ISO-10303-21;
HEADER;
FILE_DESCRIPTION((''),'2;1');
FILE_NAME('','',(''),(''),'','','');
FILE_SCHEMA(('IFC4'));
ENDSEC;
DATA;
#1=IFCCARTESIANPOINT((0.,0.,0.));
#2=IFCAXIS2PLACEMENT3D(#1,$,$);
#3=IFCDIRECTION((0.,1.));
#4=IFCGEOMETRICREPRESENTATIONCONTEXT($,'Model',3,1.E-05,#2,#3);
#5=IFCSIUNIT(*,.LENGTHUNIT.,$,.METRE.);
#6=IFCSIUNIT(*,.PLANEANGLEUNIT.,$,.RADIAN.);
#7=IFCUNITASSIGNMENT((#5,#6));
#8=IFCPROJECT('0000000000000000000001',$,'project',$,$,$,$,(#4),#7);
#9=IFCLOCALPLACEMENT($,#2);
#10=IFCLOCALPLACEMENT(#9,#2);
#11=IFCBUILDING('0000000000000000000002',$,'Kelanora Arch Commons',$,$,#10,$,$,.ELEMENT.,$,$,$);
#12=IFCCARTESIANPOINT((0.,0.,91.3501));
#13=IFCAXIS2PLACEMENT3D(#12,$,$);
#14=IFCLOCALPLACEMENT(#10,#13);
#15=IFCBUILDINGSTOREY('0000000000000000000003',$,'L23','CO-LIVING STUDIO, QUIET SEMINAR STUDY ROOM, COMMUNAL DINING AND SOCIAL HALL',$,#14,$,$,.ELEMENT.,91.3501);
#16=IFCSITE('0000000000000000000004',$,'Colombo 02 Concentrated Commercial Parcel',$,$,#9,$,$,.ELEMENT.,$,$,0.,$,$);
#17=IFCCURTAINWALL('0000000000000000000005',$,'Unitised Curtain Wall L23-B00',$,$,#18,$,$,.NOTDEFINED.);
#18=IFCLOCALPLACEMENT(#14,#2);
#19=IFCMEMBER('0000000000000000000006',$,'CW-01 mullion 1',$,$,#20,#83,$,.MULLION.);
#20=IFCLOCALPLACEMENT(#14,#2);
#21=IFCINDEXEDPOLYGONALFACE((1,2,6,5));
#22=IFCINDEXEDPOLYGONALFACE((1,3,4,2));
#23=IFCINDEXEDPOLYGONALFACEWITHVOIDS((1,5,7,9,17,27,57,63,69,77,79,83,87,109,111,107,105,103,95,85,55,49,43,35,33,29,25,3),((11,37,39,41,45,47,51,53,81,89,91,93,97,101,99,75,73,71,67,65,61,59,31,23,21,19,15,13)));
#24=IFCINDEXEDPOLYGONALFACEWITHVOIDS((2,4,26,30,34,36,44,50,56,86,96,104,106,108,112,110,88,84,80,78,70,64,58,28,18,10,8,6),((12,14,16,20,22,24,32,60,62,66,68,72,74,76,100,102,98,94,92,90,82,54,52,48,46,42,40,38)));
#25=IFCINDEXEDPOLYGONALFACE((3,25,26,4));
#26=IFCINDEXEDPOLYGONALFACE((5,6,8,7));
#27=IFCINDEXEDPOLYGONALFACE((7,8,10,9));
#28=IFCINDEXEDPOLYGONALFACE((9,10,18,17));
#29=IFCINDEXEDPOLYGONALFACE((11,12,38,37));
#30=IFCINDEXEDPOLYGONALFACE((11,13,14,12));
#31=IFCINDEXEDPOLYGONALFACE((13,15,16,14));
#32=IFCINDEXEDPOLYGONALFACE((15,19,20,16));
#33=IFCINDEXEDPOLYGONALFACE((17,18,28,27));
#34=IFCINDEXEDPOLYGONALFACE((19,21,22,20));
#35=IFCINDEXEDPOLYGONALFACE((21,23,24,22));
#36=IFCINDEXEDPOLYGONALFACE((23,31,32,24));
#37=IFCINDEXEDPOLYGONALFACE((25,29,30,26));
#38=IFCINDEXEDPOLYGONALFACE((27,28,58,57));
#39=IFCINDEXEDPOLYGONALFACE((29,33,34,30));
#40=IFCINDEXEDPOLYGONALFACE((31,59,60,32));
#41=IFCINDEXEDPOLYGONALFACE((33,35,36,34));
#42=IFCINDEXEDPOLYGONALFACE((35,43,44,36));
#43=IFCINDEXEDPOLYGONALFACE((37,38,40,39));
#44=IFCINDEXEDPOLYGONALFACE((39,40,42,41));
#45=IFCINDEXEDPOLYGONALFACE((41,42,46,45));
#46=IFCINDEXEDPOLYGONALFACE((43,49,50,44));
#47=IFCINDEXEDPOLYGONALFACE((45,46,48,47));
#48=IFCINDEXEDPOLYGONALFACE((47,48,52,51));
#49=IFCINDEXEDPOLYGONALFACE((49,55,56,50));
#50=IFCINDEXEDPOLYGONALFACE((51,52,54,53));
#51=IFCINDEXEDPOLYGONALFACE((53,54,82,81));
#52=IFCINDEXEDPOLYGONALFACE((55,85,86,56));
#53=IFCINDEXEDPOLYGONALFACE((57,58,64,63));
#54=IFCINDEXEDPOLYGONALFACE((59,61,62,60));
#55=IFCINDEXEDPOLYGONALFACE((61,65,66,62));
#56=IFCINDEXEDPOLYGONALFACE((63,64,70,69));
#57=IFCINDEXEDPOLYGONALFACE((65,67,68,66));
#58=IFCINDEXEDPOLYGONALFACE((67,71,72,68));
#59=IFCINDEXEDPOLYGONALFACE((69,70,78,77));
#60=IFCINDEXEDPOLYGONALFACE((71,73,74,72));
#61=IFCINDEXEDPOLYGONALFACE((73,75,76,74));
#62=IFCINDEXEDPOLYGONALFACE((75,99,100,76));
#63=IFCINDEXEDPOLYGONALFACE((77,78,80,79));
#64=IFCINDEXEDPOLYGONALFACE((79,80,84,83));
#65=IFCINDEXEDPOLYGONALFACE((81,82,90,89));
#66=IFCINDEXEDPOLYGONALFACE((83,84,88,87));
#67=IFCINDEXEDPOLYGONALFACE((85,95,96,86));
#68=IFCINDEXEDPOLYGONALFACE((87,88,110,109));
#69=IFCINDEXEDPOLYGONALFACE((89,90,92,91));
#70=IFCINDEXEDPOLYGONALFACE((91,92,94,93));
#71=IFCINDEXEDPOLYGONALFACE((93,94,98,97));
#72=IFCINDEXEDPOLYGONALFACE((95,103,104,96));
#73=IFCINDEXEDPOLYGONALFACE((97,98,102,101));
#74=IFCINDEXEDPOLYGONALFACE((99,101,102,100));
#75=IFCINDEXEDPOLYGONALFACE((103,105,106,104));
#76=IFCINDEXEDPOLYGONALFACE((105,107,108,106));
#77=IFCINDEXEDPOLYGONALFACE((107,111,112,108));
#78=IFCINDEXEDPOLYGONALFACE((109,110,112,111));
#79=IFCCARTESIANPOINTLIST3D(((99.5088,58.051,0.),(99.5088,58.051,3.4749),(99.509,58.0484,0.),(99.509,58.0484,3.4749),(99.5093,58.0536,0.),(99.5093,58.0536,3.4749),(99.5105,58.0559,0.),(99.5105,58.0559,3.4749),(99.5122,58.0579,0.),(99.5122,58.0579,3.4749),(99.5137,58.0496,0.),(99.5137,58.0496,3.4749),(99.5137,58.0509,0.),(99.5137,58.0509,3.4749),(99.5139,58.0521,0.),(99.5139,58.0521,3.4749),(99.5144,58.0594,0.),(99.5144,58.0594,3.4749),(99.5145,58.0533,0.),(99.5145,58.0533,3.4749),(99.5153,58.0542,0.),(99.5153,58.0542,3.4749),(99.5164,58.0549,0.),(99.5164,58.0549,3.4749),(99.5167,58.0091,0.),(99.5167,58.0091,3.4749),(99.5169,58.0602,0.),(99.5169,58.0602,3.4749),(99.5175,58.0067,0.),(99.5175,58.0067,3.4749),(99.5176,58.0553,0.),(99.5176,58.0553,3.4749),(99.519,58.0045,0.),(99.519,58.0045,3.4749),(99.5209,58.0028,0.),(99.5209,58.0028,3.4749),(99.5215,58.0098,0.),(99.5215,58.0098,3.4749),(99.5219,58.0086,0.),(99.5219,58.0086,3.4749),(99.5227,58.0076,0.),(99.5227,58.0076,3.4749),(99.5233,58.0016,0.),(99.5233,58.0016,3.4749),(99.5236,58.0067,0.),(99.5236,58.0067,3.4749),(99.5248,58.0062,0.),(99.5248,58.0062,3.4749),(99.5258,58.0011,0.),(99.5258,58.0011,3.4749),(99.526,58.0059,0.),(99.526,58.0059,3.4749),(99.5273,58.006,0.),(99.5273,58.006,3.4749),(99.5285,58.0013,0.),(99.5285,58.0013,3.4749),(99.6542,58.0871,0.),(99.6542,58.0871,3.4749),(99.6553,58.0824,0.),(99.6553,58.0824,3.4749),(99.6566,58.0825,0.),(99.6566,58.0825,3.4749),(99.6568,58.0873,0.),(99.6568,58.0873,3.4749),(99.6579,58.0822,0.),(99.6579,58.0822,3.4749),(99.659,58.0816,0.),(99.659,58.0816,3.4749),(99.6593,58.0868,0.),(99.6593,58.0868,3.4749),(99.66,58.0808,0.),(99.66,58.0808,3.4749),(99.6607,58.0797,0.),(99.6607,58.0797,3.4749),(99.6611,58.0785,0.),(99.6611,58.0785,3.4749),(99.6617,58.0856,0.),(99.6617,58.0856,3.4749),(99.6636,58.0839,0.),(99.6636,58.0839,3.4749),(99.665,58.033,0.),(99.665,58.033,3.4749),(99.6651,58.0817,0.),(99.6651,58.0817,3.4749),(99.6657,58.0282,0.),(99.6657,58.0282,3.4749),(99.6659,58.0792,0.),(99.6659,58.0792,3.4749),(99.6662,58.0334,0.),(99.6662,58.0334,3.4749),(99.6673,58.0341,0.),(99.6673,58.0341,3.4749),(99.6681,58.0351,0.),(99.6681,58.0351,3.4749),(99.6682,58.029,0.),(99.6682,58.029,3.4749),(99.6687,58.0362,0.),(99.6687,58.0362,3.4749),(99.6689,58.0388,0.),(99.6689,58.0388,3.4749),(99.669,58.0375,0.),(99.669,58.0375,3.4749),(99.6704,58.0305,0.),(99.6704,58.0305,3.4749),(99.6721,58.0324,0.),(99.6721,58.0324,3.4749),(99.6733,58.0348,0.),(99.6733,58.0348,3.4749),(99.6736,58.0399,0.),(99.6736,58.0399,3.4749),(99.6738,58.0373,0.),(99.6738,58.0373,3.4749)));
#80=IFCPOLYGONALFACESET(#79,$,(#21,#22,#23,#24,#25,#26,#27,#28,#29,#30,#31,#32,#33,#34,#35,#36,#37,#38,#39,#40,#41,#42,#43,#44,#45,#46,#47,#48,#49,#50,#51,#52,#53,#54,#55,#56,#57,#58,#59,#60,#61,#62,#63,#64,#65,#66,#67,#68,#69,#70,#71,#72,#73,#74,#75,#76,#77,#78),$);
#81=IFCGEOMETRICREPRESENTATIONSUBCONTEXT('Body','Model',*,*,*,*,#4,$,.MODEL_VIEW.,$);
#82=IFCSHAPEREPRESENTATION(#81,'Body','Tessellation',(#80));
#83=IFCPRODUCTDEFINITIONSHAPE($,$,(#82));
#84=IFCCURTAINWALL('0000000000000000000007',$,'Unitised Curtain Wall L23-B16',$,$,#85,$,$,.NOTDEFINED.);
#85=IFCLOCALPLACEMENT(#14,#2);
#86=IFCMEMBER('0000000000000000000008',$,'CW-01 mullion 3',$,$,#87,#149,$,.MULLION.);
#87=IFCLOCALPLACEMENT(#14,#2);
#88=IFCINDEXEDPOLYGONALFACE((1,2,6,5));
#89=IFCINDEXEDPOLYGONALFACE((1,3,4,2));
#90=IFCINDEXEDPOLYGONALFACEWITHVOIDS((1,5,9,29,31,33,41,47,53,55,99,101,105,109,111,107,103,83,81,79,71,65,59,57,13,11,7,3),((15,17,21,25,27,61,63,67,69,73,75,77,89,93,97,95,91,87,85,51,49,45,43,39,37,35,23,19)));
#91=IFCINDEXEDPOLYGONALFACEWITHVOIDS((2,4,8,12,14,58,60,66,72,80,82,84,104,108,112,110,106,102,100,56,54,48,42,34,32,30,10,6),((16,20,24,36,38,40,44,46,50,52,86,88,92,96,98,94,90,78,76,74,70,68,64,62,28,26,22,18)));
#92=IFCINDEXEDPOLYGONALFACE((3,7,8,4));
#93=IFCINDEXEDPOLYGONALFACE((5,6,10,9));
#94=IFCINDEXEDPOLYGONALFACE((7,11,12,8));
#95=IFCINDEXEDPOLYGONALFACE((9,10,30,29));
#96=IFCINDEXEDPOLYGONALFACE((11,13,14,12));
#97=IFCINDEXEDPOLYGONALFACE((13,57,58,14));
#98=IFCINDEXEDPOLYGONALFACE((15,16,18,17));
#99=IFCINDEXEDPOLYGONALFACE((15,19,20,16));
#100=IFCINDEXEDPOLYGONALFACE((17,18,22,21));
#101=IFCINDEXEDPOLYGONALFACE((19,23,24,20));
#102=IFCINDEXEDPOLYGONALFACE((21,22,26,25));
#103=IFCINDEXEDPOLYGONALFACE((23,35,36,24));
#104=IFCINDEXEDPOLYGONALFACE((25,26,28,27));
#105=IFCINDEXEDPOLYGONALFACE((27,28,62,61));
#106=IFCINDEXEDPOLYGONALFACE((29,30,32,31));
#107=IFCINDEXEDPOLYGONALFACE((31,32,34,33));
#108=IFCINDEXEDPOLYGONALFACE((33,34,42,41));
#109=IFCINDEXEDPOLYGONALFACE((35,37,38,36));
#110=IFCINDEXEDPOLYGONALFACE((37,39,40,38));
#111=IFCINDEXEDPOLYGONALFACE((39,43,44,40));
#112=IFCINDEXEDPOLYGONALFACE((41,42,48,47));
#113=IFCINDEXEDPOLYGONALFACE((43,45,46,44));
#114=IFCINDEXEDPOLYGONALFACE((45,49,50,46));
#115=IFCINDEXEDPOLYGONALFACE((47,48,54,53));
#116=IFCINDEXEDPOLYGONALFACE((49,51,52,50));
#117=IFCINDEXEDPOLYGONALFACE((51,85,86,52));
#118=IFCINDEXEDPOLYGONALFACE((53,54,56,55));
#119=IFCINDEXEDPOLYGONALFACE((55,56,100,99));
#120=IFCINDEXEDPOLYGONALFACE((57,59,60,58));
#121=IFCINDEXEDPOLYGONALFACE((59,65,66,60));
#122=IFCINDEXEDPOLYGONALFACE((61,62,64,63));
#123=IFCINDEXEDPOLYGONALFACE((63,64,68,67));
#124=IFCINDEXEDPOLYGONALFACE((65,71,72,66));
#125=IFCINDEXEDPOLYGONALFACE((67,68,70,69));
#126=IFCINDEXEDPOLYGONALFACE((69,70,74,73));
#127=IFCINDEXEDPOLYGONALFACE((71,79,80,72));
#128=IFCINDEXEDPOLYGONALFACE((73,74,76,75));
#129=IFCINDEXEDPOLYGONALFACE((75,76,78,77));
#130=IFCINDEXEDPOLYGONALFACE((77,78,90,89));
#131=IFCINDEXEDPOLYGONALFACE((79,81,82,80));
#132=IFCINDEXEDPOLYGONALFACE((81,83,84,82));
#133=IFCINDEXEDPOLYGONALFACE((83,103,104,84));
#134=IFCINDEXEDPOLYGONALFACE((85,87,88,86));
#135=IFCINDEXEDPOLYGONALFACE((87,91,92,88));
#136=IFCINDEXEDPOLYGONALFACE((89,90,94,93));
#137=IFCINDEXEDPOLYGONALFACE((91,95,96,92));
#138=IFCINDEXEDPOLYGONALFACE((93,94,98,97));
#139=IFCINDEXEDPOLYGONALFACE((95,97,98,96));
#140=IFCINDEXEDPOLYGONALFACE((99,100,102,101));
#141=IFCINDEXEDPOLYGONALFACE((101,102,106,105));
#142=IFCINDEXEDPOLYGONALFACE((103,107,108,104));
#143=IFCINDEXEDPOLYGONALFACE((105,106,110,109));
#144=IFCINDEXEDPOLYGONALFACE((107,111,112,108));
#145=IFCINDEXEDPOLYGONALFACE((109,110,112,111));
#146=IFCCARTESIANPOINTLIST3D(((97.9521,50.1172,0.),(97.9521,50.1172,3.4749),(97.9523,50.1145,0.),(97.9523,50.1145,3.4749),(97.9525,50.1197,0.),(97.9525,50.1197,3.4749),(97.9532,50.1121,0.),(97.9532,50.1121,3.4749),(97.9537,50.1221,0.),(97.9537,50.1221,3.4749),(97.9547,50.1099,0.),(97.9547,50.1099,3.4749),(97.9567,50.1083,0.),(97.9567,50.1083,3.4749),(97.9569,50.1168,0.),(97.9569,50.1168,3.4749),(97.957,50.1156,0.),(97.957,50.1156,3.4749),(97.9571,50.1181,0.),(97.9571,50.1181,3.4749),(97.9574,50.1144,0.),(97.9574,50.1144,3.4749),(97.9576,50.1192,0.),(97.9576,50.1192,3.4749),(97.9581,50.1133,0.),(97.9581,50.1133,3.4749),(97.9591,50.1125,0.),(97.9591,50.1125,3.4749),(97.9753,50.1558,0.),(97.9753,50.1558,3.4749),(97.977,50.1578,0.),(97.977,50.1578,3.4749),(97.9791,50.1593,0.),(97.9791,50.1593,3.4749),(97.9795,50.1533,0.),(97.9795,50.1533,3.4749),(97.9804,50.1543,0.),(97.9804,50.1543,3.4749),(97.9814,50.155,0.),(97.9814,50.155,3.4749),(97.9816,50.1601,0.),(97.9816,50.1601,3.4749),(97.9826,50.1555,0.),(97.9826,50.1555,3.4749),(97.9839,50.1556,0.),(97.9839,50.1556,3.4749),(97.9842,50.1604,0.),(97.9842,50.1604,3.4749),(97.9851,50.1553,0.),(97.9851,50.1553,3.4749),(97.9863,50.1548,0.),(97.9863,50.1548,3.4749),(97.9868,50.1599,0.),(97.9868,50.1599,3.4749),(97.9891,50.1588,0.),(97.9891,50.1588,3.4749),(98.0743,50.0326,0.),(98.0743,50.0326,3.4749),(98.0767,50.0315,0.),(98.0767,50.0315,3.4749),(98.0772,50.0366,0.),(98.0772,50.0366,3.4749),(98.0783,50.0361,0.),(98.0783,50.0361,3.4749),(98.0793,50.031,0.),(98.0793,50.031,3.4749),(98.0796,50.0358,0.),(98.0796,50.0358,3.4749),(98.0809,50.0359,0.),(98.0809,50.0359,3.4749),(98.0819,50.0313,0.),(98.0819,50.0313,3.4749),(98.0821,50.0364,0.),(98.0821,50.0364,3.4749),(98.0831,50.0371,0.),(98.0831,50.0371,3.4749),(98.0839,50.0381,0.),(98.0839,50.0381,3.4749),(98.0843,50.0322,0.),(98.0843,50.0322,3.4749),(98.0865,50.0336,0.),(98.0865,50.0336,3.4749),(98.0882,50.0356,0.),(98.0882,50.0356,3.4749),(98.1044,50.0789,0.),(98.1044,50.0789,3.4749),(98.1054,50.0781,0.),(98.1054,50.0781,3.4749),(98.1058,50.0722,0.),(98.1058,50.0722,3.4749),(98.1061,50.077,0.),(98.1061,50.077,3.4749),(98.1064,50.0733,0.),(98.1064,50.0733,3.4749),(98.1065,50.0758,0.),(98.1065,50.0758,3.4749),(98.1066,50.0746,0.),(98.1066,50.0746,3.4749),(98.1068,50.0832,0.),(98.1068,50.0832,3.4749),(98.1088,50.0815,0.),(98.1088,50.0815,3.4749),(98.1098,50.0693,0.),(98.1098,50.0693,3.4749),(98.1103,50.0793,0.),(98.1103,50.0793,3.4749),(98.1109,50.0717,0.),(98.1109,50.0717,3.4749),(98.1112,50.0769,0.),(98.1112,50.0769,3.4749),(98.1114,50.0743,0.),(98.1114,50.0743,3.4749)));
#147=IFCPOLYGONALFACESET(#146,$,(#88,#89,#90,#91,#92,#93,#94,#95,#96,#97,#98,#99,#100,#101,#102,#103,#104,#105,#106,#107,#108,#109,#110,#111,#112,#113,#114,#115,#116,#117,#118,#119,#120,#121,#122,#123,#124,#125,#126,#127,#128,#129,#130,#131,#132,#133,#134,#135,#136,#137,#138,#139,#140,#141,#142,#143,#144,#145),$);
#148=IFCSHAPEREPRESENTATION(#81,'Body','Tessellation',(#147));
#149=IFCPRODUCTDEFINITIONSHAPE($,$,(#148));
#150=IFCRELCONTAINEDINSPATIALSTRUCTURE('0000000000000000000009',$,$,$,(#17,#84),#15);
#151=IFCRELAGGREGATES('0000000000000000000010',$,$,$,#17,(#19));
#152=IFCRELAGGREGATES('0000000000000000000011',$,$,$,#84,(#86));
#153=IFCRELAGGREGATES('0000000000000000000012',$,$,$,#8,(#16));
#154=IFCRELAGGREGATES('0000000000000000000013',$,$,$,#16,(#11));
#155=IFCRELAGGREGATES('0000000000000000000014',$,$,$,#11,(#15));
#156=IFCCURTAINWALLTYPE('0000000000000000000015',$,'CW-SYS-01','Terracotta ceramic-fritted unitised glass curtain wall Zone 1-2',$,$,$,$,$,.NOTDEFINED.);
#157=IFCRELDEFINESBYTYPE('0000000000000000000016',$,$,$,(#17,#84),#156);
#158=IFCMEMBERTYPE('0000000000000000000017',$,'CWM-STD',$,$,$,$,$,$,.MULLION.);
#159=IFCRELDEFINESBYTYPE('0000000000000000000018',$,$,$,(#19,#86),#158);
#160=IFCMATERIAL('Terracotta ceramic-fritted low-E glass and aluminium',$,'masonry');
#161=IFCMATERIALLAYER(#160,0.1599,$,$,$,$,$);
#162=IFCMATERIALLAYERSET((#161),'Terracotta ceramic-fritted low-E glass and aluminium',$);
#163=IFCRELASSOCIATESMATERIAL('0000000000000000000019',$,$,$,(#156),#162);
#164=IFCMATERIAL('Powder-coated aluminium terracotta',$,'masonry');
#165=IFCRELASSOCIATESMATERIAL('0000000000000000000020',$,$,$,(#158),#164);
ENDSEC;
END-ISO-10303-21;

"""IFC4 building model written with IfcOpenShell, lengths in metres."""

from ifc_helpers import new_model, si_unit, direction, frame, origin, origin_2d, place, context, subcontext, project, spatial, hollow_rectangle, extrude, material, layer, layer_set, material_profile, profile_set, type_object, element, aggregate, save


model = new_model("IFC4")

# Units and contexts
model_context = context("Model", 3, precision=1e-05, world=origin(), true_north=direction((0.0, 1.0)))
body_context = subcontext(model_context, "Body", "Model", "MODEL_VIEW")
ifc_project = project(units=[si_unit("LENGTHUNIT", "METRE"), si_unit("PLANEANGLEUNIT", "RADIAN")], contexts=[model_context])

# Site, building, storey
site_placement = place(None, origin())
site = spatial("IfcSite", under=ifc_project, at=site_placement, Name="Colombo 02 Concentrated Commercial Parcel", CompositionType="ELEMENT", RefElevation=0.0)
building_placement = place(site_placement, origin())
building = spatial("IfcBuilding", under=site, at=building_placement, Name="Kelanora Arch Commons", CompositionType="ELEMENT")
storey_placement = place(building_placement, frame((0.0, 0.0, 91.3501)))
storey = spatial("IfcBuildingStorey", under=building, at=storey_placement, Name="L23", Description="CO-LIVING STUDIO, QUIET SEMINAR STUDY ROOM, COMMUNAL DINING AND SOCIAL HALL", CompositionType="ELEMENT", Elevation=91.3501)

# Curtain walls, members
ifc_material_1 = material(Name="Terracotta ceramic-fritted low-E glass and aluminium", Category="masonry")
ifc_layer_1 = layer(ifc_material_1, 0.1599)
ifc_layer_set_1 = layer_set([ifc_layer_1], Name="Terracotta ceramic-fritted low-E glass and aluminium")
curtain_wall_type = type_object("IfcCurtainWallType", Name="CW-SYS-01", Description="Terracotta ceramic-fritted unitised glass curtain wall Zone 1-2", PredefinedType="NOTDEFINED", material=ifc_layer_set_1)
curtain_wall_1_placement = place(storey_placement, origin())
curtain_wall_1 = element("IfcCurtainWall", 1, at=curtain_wall_1_placement, inside=storey, type_object=curtain_wall_type, Name="Unitised Curtain Wall L23-B00", PredefinedType="NOTDEFINED")
ifc_material_2 = material(Name="Powder-coated aluminium terracotta", Category="masonry")
ifc_material_profile_1 = material_profile(ifc_material_2, hollow_rectangle(XDim=0.1599, YDim=0.0601, WallThickness=0.0049, InnerFilletRadius=0.0049, OuterFilletRadius=0.01, at=origin_2d()), Name="CWM160x60")
ifc_profile_set_1 = profile_set([ifc_material_profile_1], Name="Powder-coated aluminium terracotta")
member_type_1 = type_object("IfcMemberType", Name="CWM-STD", PredefinedType="MULLION", material=ifc_profile_set_1)
member_1_placement = place(storey_placement, frame((99.5913, 58.0442, 0.0), z_axis=(0.0, 0.0, 1.0), x_axis=(-0.98128, -0.192585, 0.0)))
member_1 = element("IfcMember", 2, at=member_1_placement, type_object=member_type_1, Name="CW-01 mullion 1", PredefinedType="MULLION", context=body_context, shape_type="SweptSolid", body=[
    extrude(hollow_rectangle(XDim=0.1599, YDim=0.0601, WallThickness=0.0049, InnerFilletRadius=0.0049, OuterFilletRadius=0.01, at=origin_2d()), origin(), (0.0, 0.0, 1.0), 3.4749),
])
curtain_wall_2_placement = place(storey_placement, origin())
curtain_wall_2 = element("IfcCurtainWall", 3, at=curtain_wall_2_placement, inside=storey, type_object=curtain_wall_type, Name="Unitised Curtain Wall L23-B16", PredefinedType="NOTDEFINED")
member_2_placement = place(storey_placement, frame((98.0317, 50.0957, 0.0), z_axis=(0.0, 0.0, 1.0), x_axis=(-0.841269, 0.540617, 0.0)))
member_2 = element("IfcMember", 4, at=member_2_placement, type_object=member_type_1, Name="CW-01 mullion 3", PredefinedType="MULLION", context=body_context, shape_type="SweptSolid", body=[
    extrude(hollow_rectangle(XDim=0.1599, YDim=0.0601, WallThickness=0.0049, InnerFilletRadius=0.0049, OuterFilletRadius=0.01, at=origin_2d()), origin(), (0.0, 0.0, 1.0), 3.4749),
])

aggregate(curtain_wall_1, [member_1])

aggregate(curtain_wall_2, [member_2])

save(model, "model.ifc")
